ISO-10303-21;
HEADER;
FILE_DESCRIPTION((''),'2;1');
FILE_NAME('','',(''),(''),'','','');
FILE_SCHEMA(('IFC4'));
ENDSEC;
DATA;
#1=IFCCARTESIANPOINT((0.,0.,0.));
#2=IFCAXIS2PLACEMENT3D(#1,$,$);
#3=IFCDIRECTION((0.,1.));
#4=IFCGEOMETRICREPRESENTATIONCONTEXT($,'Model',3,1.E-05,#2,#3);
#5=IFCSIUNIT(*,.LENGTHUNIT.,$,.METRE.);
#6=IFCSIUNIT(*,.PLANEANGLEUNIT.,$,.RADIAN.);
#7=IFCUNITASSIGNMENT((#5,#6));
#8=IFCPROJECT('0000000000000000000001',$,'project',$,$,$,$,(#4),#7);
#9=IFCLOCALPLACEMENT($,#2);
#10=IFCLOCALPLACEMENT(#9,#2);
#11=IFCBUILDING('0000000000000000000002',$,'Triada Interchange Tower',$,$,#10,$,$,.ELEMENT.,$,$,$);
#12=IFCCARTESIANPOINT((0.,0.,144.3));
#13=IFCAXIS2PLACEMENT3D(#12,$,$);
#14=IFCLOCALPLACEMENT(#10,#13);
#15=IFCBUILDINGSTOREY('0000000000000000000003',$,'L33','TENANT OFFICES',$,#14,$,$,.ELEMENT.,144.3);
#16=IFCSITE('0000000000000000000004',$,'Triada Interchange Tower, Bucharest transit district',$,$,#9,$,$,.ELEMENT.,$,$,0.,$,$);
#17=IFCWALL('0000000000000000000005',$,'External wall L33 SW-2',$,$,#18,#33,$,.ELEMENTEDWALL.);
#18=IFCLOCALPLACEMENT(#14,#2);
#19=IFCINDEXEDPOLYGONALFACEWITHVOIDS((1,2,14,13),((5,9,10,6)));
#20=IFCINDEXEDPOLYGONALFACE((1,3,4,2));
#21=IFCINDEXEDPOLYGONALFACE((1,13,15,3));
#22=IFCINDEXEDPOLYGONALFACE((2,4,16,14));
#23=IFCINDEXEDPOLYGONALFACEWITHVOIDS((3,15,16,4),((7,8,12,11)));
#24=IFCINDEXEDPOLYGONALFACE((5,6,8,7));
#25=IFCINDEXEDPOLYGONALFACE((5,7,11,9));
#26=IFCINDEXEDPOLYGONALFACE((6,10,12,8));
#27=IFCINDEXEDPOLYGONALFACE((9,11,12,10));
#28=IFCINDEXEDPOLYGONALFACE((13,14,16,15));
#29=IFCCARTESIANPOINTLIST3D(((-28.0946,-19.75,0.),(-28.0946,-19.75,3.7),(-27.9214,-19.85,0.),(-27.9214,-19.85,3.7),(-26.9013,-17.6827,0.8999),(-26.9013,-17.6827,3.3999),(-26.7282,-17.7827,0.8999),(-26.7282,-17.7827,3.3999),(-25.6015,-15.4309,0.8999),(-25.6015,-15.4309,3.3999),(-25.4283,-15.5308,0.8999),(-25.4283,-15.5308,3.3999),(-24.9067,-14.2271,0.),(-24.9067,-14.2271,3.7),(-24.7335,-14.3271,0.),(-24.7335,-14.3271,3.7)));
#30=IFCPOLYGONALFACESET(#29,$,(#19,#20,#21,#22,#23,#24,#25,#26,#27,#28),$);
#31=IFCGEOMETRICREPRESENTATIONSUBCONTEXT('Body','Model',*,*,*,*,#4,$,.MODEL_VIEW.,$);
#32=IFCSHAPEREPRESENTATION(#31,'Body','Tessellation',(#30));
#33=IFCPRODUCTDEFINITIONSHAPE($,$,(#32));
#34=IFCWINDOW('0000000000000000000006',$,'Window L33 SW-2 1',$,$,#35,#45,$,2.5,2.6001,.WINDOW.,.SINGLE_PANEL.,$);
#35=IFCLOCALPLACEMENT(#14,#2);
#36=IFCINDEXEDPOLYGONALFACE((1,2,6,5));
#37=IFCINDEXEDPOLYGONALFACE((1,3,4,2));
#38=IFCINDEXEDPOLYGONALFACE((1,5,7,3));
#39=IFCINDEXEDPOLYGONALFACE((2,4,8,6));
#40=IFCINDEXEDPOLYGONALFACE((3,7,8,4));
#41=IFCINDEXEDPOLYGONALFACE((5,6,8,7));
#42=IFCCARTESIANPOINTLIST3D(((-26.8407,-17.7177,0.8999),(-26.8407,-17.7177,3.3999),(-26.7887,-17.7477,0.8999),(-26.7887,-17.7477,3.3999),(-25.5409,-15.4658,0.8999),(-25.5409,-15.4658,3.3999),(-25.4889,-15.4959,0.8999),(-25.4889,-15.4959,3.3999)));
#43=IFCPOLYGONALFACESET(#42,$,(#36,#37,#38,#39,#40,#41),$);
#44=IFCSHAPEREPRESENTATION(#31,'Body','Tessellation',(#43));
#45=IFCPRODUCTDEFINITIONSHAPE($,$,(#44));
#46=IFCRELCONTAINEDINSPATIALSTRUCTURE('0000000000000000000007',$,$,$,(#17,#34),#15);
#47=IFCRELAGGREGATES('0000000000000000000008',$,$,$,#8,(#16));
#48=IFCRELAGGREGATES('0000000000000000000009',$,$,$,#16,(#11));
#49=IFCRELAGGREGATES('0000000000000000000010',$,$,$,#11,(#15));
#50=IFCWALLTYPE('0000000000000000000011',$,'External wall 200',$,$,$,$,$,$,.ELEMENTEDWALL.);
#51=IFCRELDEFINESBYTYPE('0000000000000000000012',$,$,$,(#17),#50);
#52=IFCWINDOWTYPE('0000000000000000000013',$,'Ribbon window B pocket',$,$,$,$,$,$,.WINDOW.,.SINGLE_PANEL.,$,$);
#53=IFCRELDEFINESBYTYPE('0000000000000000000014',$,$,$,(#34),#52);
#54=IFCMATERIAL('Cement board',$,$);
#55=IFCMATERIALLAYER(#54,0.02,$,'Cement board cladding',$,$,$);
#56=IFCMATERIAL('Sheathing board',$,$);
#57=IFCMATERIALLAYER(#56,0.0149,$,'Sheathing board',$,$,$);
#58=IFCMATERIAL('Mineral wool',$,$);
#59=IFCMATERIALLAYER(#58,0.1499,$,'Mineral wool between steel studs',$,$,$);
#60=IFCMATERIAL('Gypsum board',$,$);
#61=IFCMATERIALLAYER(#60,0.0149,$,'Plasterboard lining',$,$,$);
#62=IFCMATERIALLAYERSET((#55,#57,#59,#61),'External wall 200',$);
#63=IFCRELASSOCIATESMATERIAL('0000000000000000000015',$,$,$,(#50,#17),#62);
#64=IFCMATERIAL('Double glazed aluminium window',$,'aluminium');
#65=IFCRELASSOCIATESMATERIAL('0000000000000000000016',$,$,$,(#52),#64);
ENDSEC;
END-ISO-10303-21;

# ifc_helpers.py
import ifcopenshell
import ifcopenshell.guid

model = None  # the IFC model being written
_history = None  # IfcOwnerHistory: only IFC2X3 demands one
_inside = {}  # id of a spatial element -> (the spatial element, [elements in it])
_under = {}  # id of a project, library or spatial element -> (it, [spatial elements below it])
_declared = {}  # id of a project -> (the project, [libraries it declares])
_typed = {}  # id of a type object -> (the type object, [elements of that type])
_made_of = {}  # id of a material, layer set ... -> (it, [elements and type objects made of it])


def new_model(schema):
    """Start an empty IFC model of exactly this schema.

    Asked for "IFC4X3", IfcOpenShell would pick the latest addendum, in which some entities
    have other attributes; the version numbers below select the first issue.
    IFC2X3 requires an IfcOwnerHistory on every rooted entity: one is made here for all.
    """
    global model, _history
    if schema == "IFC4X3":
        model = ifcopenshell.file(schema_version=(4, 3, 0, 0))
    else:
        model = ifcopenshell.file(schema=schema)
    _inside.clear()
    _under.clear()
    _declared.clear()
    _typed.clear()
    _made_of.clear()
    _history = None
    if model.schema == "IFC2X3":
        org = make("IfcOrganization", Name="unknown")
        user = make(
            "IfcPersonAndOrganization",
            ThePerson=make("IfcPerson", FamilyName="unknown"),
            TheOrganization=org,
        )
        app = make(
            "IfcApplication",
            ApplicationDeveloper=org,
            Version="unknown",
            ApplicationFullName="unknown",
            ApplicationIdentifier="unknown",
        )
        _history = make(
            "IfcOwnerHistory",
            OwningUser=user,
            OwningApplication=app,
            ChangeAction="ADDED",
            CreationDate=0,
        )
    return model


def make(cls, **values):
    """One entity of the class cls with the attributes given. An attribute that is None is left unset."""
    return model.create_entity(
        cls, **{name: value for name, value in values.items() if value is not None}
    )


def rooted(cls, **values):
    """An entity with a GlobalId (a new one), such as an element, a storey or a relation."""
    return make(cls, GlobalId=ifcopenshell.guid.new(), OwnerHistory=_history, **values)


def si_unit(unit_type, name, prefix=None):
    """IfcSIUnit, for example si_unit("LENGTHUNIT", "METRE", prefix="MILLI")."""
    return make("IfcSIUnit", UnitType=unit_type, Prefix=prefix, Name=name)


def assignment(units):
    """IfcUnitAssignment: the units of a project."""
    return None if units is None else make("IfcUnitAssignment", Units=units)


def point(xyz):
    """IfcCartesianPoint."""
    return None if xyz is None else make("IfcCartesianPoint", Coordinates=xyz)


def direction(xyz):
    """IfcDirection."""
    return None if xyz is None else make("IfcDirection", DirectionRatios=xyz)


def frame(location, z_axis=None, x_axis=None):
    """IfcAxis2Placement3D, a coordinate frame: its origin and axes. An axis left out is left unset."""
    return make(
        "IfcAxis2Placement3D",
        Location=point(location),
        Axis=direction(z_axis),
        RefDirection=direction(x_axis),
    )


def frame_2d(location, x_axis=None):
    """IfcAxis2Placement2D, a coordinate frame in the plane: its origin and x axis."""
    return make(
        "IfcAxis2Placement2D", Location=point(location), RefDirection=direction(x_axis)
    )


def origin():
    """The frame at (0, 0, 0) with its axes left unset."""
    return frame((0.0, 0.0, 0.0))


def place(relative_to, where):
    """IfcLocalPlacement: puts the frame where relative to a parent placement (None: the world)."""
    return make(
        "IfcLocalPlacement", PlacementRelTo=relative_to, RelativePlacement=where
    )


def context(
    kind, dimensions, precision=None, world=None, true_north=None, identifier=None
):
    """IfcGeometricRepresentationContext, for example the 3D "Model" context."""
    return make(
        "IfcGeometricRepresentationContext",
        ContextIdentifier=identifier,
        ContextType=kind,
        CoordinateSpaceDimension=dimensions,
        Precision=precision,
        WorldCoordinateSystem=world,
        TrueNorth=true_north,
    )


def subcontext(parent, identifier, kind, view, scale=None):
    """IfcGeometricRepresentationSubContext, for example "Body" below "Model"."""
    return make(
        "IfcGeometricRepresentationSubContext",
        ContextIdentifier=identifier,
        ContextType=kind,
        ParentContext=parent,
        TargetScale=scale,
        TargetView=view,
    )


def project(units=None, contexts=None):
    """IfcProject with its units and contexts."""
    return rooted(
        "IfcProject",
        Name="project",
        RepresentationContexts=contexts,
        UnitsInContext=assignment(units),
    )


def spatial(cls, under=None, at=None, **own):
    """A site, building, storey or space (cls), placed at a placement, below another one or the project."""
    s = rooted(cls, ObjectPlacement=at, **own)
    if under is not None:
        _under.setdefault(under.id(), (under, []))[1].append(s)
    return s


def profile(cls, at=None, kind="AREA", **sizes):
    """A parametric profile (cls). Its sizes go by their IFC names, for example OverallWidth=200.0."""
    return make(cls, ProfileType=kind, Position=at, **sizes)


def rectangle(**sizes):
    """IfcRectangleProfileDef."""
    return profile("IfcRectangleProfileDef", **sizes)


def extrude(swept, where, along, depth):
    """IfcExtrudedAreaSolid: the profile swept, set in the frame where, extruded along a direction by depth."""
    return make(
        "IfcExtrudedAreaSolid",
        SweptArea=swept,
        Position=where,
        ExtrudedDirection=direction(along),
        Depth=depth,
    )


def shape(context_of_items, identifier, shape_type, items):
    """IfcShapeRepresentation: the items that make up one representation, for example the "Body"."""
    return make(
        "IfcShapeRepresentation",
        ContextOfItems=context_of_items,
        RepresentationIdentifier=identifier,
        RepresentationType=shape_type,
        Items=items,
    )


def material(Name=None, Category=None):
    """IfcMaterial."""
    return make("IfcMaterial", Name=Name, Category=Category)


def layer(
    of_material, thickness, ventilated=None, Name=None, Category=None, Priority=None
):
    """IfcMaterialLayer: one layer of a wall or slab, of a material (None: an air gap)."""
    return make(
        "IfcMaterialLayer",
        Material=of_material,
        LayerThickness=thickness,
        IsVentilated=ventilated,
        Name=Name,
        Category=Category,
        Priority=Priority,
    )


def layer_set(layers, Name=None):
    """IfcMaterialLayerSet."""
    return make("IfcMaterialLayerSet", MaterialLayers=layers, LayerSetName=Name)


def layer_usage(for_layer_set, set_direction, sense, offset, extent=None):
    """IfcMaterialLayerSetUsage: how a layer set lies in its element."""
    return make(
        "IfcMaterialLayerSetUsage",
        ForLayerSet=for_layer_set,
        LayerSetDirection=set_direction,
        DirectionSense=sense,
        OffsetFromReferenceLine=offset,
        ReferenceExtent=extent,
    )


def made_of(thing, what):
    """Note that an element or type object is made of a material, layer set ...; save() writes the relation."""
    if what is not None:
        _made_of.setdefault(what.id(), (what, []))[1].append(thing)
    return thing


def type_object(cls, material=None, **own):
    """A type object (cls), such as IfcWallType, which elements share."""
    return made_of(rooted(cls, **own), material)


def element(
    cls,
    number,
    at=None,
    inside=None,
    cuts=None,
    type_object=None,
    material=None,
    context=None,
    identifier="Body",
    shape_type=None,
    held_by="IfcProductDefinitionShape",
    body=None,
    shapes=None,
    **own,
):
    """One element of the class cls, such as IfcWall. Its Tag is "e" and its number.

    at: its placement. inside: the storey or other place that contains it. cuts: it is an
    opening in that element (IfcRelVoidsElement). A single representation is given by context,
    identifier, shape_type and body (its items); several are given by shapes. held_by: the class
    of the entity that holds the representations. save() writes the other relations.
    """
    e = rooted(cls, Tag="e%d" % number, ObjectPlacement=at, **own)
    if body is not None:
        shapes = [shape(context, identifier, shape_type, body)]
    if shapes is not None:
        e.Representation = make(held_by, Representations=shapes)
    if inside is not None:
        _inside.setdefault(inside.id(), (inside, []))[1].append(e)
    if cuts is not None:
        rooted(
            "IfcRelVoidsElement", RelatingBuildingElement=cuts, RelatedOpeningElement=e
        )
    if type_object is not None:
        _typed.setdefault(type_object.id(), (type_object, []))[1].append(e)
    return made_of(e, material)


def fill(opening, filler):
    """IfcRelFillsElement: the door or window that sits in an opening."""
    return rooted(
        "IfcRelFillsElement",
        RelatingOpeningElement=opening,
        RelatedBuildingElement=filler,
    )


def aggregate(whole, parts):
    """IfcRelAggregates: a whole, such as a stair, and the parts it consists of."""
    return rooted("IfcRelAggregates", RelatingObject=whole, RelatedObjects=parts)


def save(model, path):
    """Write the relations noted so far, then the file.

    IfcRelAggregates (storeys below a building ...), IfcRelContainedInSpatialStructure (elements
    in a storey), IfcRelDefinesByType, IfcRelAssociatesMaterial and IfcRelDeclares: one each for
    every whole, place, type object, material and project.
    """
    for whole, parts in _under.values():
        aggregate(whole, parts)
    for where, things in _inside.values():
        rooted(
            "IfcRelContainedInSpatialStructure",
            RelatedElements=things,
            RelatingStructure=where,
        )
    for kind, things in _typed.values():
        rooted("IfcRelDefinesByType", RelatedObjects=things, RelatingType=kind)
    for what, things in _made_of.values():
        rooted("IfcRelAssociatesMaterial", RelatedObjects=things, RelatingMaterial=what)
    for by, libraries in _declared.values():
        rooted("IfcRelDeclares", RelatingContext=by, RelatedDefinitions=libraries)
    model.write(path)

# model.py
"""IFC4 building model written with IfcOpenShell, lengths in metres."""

from ifc_helpers import new_model, si_unit, direction, frame, frame_2d, origin, place, context, subcontext, project, spatial, rectangle, extrude, material, layer, layer_set, layer_usage, type_object, element, fill, save


model = new_model("IFC4")

# Units and contexts
model_context = context("Model", 3, precision=1e-05, world=origin(), true_north=direction((0.0, 1.0)))
body_context = subcontext(model_context, "Body", "Model", "MODEL_VIEW")
ifc_project = project(units=[si_unit("LENGTHUNIT", "METRE"), si_unit("PLANEANGLEUNIT", "RADIAN")], contexts=[model_context])

# Site, building, storey
site_placement = place(None, origin())
site = spatial("IfcSite", under=ifc_project, at=site_placement, Name="Triada Interchange Tower, Bucharest transit district", CompositionType="ELEMENT", RefElevation=0.0)
building_placement = place(site_placement, origin())
building = spatial("IfcBuilding", under=site, at=building_placement, Name="Triada Interchange Tower", CompositionType="ELEMENT")
storey_placement = place(building_placement, frame((0.0, 0.0, 144.3)))
storey = spatial("IfcBuildingStorey", under=building, at=storey_placement, Name="L33", Description="TENANT OFFICES", CompositionType="ELEMENT", Elevation=144.3)

# Wall, opening, window
ifc_material_1 = material(Name="Cement board")
ifc_layer_1 = layer(ifc_material_1, 0.02, Name="Cement board cladding")
ifc_material_2 = material(Name="Sheathing board")
ifc_layer_2 = layer(ifc_material_2, 0.0149, Name="Sheathing board")
ifc_material_3 = material(Name="Mineral wool")
ifc_layer_3 = layer(ifc_material_3, 0.1499, Name="Mineral wool between steel studs")
ifc_material_4 = material(Name="Gypsum board")
ifc_layer_4 = layer(ifc_material_4, 0.0149, Name="Plasterboard lining")
ifc_layer_set_1 = layer_set([ifc_layer_1, ifc_layer_2, ifc_layer_3, ifc_layer_4], Name="External wall 200")
ifc_layer_usage = layer_usage(ifc_layer_set_1, "AXIS2", "POSITIVE", -0.1001)
wall_type_1 = type_object("IfcWallType", Name="External wall 200", PredefinedType="ELEMENTEDWALL", material=ifc_layer_set_1)
ifc_material_5 = material(Name="Double glazed aluminium window", Category="aluminium")
window_type_1 = type_object("IfcWindowType", Name="Ribbon window B pocket", PartitioningType="SINGLE_PANEL", PredefinedType="WINDOW", material=ifc_material_5)
wall_1_placement = place(storey_placement, frame((-24.8201, -14.2771, 0.0), z_axis=(0.0, 0.0, 1.0), x_axis=(-0.499919, -0.866072, 0.0)))
wall_1 = element("IfcWall", 1, at=wall_1_placement, inside=storey, type_object=wall_type_1, material=ifc_layer_usage, Name="External wall L33 SW-2", PredefinedType="ELEMENTEDWALL", context=body_context, shape_type="SweptSolid", body=[
    extrude(rectangle(XDim=6.377, YDim=0.2, at=frame_2d((3.1885, 0.0))), origin(), (0.0, 0.0, 1.0), 3.7),
])
opening_1_placement = place(wall_1_placement, frame((1.3899, 0.0, 0.8999)))
opening_1 = element("IfcOpeningElement", 2, at=opening_1_placement, cuts=wall_1, PredefinedType="OPENING", context=body_context, shape_type="SweptSolid", body=[
    extrude(rectangle(XDim=2.6001, YDim=2.5, at=frame_2d((1.3, 1.25))), frame((0.0, 0.1099, 0.0), z_axis=(0.0, -1.0, 0.0), x_axis=(1.0, 0.0, 0.0)), (0.0, 0.0, 1.0), 0.22),
])
window_1_placement = place(opening_1_placement, origin())
window_1 = element("IfcWindow", 3, at=window_1_placement, inside=storey, type_object=window_type_1, Name="Window L33 SW-2 1", OverallHeight=2.5, OverallWidth=2.6001, PartitioningType="SINGLE_PANEL", PredefinedType="WINDOW", context=body_context, shape_type="SweptSolid", body=[
    extrude(rectangle(XDim=2.6001, YDim=2.5, at=frame_2d((1.3, 1.25))), frame((0.0, 0.03, 0.0), z_axis=(0.0, -1.0, 0.0), x_axis=(1.0, 0.0, 0.0)), (0.0, 0.0, 1.0), 0.0601),
])
fill(opening_1, window_1)

save(model, "model.ifc")
